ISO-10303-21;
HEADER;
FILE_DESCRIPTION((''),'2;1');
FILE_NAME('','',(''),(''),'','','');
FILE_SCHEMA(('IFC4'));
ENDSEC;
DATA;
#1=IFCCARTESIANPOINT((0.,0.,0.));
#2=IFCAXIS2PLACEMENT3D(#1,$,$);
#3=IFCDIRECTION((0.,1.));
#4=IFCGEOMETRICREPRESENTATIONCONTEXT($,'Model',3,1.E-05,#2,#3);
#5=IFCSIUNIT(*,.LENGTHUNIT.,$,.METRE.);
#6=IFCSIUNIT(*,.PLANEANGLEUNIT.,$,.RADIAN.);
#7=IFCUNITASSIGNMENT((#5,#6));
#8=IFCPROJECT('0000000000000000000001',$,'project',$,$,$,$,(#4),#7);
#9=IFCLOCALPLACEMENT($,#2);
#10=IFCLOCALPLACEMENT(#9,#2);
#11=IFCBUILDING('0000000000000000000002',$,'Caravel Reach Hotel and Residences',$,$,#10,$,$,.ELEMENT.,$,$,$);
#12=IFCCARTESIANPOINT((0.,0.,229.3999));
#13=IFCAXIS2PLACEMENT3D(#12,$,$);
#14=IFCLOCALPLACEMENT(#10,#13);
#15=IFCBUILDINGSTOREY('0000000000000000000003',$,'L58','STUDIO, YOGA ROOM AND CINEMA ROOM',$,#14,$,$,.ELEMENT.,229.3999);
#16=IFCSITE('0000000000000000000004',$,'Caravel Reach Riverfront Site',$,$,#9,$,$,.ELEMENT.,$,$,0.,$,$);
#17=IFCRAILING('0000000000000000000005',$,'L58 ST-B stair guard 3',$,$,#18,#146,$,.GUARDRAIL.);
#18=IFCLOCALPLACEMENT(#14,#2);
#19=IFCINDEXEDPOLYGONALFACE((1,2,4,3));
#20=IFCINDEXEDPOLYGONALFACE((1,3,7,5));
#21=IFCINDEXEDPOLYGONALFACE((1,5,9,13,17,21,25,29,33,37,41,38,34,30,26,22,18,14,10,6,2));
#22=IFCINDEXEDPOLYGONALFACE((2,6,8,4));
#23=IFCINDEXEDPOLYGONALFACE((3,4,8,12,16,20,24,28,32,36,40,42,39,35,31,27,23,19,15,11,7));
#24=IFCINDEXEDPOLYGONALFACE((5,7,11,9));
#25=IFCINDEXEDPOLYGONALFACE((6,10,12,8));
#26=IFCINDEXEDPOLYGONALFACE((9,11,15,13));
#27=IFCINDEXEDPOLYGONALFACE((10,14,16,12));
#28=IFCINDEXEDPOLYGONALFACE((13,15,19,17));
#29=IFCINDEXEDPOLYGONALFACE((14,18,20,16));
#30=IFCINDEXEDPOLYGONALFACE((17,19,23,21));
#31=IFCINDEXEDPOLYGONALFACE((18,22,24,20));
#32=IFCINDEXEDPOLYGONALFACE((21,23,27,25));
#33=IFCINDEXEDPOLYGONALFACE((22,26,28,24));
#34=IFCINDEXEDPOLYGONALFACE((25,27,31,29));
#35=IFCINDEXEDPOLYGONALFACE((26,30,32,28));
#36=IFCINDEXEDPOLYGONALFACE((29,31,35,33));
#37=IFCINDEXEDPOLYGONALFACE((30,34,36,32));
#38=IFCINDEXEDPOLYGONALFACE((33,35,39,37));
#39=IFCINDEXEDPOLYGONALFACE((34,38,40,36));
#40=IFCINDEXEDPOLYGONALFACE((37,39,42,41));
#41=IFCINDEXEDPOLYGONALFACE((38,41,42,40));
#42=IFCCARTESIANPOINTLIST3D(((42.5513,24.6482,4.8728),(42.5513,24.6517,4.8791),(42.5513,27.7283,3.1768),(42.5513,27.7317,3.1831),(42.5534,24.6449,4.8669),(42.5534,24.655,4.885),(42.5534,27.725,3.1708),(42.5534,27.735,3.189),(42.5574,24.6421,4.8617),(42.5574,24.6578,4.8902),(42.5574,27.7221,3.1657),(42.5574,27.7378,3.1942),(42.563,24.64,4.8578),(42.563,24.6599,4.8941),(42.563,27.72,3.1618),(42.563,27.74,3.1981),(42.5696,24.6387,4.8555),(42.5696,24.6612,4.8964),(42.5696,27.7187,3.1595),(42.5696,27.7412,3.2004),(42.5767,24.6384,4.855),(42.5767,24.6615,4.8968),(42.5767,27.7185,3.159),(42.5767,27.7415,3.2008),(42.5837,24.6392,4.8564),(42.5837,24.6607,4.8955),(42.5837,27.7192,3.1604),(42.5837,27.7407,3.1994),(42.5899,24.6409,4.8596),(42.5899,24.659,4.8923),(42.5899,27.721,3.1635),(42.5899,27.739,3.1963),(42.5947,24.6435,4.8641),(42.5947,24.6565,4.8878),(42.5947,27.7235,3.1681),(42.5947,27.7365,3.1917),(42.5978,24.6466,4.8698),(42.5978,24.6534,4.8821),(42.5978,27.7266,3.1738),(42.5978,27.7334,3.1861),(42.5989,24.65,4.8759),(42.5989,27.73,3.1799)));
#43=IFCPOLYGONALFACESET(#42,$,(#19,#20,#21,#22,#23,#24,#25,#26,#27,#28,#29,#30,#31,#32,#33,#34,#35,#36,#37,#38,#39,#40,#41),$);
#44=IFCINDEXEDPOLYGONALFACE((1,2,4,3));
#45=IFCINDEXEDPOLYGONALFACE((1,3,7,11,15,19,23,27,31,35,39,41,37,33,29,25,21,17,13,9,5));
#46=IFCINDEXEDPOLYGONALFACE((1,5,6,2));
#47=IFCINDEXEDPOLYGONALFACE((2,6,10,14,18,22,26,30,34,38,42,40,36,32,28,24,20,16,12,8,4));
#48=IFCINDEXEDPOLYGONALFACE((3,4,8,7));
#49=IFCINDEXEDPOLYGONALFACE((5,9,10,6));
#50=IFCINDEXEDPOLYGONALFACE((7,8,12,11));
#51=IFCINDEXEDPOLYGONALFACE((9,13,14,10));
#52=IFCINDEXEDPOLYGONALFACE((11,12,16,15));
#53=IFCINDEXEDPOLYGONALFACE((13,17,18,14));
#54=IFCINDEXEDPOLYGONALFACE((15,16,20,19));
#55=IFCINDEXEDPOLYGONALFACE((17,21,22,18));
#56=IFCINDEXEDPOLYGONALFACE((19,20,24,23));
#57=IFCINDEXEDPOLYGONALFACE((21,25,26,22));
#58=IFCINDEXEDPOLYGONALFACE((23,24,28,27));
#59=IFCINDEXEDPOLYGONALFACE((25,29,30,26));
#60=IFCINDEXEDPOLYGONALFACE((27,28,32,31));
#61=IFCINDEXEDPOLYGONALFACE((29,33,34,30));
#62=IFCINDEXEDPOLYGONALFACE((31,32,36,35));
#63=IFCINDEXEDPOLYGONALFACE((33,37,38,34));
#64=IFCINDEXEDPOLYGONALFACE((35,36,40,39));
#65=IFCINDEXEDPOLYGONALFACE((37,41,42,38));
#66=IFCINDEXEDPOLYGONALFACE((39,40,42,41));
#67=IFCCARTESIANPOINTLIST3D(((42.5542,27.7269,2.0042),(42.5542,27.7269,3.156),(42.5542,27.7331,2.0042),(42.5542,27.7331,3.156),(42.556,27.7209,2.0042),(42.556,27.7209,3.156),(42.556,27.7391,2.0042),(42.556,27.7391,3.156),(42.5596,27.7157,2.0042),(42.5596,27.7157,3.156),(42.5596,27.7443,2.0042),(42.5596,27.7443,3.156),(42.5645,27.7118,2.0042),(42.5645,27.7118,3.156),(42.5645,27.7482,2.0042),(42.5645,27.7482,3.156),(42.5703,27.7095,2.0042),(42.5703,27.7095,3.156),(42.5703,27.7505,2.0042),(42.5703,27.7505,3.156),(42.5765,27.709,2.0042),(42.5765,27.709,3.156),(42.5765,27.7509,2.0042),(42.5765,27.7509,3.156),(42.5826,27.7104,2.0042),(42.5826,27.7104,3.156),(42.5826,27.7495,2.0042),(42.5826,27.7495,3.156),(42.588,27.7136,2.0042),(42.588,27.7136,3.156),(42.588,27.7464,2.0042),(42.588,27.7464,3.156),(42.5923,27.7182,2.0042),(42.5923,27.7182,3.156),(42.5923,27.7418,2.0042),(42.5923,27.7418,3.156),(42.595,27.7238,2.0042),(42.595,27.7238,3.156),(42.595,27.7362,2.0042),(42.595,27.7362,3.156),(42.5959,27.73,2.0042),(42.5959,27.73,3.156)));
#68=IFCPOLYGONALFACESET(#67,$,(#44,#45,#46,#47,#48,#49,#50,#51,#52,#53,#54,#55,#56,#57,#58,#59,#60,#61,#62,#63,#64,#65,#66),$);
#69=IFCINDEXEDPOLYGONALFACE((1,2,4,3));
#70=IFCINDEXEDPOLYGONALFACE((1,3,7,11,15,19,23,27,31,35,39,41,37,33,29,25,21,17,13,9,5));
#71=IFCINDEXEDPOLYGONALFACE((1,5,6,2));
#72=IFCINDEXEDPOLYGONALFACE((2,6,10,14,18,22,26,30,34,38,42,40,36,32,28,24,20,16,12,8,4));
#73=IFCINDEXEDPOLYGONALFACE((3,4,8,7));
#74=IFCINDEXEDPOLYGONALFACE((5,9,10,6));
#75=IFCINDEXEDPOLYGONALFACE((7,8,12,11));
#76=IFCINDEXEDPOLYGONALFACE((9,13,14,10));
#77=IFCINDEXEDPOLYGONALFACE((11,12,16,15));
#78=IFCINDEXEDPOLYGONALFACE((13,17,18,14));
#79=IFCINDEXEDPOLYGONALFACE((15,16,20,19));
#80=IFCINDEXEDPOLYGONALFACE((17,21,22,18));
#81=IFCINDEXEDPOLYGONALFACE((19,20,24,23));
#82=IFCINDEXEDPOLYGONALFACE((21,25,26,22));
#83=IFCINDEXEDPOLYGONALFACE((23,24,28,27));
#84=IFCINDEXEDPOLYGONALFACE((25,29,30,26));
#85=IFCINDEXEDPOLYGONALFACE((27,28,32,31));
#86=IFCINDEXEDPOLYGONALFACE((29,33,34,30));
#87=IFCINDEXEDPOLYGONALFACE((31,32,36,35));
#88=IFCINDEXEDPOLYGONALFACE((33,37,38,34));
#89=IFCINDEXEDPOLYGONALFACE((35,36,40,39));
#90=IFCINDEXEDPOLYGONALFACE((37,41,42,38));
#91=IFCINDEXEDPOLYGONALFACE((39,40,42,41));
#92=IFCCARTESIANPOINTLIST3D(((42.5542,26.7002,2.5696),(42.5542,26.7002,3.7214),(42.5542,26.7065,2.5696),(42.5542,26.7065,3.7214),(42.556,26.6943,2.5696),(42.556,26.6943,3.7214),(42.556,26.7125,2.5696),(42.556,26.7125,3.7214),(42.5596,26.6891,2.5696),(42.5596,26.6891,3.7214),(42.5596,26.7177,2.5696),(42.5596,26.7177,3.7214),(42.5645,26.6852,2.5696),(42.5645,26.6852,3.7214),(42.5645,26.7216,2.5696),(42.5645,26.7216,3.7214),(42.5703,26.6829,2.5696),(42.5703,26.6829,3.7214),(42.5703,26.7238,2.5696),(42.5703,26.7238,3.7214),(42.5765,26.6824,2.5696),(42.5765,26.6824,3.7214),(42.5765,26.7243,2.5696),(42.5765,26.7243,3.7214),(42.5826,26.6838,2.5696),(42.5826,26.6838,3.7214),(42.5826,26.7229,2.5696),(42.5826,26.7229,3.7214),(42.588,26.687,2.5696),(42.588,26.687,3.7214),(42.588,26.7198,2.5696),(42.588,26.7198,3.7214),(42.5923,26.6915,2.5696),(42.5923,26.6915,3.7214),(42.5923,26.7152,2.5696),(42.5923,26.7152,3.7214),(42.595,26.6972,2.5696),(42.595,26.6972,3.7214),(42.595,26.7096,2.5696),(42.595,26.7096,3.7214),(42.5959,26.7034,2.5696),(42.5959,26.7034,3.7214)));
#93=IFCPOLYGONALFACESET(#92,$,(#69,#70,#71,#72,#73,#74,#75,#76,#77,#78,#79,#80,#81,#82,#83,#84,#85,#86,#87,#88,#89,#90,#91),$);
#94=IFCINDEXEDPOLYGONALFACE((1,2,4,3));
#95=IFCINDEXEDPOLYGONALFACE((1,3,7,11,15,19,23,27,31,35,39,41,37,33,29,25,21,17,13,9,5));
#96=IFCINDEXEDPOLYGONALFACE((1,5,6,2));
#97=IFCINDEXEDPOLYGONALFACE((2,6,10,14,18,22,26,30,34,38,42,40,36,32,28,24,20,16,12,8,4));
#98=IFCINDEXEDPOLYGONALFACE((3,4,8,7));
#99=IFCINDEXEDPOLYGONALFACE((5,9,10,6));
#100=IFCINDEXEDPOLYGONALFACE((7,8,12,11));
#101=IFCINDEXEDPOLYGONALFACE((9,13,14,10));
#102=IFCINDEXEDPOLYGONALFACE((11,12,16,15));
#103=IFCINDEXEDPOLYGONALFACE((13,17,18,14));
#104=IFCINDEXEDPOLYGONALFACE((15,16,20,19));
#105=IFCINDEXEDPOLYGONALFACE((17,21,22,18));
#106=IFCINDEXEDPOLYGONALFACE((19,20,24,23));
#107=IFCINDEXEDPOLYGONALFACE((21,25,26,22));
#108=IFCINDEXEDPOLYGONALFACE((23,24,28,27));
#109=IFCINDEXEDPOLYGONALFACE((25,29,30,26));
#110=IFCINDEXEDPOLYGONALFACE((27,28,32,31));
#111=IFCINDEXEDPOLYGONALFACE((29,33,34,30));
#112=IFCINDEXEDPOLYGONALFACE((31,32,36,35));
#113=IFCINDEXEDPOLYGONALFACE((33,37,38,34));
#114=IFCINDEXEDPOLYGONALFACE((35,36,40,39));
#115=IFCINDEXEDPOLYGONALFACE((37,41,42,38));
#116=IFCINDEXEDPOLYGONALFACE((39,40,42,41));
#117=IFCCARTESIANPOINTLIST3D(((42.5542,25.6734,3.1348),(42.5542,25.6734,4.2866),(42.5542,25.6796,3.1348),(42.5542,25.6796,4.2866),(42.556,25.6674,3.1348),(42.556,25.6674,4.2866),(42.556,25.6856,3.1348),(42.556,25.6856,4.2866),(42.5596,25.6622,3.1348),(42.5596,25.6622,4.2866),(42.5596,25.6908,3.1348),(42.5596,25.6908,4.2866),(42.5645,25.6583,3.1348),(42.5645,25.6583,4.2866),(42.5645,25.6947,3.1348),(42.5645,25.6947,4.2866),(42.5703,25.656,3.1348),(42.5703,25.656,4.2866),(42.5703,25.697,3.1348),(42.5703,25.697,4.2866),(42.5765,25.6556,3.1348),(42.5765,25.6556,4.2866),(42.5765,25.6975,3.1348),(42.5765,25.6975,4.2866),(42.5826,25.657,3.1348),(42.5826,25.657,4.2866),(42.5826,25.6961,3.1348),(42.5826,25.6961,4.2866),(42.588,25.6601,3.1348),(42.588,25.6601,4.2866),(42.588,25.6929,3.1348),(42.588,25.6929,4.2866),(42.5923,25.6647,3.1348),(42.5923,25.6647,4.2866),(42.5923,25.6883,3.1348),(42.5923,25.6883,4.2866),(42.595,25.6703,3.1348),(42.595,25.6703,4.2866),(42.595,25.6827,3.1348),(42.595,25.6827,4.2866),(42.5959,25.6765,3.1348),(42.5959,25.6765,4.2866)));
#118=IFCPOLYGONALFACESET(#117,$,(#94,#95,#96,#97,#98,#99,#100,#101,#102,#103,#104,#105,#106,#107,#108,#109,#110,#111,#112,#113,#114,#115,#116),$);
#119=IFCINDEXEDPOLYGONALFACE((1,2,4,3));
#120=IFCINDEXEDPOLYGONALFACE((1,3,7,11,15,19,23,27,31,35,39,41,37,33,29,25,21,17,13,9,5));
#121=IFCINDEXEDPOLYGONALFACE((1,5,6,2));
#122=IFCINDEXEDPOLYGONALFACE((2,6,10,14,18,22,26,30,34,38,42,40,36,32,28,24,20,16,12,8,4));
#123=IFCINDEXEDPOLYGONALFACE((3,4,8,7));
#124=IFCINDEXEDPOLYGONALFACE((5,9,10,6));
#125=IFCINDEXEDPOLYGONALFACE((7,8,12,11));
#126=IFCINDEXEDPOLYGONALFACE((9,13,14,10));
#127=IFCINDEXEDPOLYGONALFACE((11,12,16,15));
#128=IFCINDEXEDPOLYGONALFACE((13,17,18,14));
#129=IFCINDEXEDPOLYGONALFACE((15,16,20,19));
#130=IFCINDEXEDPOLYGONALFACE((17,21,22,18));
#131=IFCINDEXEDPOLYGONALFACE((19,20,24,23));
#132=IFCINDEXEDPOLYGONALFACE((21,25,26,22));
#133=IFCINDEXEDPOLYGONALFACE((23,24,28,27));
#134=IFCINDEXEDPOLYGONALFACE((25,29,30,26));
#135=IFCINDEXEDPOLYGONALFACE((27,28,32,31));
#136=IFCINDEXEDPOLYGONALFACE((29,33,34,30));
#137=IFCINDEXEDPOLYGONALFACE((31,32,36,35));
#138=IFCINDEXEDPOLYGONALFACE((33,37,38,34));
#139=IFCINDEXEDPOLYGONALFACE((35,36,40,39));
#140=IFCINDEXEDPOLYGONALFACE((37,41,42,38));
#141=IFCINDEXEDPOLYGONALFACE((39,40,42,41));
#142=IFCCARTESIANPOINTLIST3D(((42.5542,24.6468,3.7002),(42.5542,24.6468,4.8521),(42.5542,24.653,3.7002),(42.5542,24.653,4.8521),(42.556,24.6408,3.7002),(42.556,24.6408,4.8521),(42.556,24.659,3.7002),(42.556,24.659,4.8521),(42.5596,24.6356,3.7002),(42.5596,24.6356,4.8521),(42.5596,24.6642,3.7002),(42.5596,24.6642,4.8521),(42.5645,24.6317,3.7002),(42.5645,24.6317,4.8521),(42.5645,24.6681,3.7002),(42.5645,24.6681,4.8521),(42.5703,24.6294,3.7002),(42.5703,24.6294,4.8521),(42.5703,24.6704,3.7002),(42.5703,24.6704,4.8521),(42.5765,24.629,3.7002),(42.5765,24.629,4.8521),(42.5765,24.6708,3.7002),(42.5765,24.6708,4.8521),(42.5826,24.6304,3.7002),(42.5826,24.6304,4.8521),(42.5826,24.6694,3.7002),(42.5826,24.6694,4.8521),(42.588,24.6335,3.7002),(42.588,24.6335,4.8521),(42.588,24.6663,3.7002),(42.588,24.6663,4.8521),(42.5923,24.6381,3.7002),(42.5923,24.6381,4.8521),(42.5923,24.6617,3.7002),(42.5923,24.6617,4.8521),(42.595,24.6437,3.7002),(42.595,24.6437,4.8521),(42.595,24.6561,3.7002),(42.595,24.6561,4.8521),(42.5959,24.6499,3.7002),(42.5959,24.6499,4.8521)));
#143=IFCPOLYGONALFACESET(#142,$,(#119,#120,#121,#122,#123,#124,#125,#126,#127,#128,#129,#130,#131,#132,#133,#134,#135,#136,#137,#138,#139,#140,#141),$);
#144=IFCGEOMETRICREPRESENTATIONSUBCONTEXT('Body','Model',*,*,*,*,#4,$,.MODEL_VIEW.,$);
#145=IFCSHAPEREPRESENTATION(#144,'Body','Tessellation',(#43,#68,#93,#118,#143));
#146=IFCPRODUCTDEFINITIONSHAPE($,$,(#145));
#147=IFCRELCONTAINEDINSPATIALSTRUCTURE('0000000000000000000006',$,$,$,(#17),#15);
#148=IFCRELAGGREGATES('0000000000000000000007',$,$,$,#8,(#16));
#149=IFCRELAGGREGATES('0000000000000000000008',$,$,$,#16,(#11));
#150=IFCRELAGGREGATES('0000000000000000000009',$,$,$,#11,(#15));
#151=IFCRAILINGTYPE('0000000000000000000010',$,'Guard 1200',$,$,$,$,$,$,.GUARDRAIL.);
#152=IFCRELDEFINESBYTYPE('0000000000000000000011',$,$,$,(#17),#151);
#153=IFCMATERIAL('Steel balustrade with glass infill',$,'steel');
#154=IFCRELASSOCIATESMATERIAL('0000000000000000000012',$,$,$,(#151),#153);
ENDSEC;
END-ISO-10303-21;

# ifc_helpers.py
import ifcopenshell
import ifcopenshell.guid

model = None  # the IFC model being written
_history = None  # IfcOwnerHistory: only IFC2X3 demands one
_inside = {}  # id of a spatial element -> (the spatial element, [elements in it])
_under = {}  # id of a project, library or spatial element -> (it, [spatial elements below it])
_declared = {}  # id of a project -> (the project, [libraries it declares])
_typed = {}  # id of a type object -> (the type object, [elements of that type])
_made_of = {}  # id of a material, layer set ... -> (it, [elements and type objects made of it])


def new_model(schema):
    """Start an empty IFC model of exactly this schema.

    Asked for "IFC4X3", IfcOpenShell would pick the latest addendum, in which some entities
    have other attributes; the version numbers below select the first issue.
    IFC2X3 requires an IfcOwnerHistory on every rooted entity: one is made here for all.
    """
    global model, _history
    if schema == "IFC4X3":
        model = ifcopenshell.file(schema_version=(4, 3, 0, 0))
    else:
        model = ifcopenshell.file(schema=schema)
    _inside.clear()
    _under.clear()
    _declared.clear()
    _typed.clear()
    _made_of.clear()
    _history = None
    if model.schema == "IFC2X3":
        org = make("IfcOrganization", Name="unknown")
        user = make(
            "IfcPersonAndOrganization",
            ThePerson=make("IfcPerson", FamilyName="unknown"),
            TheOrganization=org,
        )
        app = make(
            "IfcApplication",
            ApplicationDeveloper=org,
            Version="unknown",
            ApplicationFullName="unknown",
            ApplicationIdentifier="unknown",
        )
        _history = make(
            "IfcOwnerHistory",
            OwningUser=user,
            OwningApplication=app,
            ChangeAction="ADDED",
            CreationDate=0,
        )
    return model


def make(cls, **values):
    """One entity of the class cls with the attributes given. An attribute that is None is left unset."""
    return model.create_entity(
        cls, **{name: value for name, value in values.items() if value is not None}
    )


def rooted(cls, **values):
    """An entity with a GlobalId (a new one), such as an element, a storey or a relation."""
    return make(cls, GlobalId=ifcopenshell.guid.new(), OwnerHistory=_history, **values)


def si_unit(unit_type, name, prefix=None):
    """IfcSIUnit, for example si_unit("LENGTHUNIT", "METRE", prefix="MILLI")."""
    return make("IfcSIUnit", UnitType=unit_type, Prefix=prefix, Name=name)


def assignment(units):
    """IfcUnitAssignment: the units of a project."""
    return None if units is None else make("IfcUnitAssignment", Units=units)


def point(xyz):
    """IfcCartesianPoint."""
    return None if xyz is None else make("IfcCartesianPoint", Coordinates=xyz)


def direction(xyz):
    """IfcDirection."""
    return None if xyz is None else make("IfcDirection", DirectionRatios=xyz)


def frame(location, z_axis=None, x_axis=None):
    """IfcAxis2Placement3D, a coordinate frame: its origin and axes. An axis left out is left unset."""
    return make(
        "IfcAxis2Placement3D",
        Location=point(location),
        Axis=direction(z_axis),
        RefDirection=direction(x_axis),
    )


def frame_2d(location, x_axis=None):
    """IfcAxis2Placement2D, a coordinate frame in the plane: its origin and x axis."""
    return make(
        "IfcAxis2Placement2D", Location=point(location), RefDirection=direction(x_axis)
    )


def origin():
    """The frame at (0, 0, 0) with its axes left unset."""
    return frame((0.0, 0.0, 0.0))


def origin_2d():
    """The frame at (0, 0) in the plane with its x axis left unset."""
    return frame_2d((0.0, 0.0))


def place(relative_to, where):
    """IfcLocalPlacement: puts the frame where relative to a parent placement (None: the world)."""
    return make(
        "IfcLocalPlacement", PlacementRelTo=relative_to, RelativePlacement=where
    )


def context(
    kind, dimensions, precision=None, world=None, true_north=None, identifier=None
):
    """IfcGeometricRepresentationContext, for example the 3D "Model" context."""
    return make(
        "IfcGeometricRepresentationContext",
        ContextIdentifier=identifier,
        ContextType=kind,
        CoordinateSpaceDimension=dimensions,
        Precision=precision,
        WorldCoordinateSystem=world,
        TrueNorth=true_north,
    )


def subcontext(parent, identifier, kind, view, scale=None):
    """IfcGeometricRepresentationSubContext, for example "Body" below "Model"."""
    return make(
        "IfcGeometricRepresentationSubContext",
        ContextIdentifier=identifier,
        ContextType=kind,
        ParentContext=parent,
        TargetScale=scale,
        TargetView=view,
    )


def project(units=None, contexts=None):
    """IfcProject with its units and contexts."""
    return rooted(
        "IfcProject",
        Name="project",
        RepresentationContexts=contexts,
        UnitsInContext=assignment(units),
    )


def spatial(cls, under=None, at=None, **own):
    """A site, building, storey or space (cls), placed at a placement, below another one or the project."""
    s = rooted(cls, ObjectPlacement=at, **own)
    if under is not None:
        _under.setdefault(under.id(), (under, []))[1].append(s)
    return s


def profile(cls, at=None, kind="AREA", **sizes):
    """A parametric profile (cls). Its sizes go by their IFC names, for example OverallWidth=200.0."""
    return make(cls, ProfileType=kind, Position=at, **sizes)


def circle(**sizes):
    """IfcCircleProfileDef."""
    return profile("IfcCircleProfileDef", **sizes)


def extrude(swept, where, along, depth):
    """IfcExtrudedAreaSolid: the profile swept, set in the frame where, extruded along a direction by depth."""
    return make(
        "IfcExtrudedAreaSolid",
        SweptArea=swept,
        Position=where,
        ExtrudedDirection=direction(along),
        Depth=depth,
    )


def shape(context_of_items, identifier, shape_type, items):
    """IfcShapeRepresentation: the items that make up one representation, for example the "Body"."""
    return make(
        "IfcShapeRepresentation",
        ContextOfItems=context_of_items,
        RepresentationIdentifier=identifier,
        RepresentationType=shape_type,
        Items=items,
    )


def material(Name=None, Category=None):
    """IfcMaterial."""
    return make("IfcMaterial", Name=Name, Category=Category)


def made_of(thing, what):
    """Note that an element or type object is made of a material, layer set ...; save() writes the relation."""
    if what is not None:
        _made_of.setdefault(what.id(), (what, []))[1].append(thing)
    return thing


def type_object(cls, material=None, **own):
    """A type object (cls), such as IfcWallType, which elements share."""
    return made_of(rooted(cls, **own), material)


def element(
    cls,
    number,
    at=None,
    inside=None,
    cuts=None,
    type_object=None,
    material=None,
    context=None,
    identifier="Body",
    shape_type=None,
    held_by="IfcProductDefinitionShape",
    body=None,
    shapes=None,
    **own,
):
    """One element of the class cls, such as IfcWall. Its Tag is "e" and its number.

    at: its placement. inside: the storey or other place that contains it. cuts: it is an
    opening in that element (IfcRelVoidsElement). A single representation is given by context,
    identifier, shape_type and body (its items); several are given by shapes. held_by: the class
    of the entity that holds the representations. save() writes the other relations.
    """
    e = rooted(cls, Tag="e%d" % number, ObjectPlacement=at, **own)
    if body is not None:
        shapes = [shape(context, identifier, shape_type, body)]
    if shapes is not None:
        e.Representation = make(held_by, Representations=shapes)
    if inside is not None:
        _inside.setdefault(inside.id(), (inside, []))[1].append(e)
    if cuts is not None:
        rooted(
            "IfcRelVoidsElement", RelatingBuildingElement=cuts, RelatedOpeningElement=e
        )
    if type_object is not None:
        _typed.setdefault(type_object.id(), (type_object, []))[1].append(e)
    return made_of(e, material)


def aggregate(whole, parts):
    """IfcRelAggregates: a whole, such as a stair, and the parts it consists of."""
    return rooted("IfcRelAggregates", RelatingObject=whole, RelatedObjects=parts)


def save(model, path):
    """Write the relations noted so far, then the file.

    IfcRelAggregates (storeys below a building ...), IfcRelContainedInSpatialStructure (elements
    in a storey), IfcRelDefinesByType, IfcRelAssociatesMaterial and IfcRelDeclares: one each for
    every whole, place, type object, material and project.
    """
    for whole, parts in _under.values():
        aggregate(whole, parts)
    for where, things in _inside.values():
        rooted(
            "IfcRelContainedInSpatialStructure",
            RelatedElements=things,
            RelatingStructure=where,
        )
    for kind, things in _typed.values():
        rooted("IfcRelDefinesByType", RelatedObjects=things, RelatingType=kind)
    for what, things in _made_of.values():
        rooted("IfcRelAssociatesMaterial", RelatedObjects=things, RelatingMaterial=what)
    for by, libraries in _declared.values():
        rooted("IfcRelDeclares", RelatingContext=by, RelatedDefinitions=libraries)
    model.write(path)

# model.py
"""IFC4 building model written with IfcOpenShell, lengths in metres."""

from ifc_helpers import new_model, si_unit, direction, frame, origin, origin_2d, place, context, subcontext, project, spatial, circle, extrude, material, type_object, element, save


model = new_model("IFC4")

# Units and contexts
model_context = context("Model", 3, precision=1e-05, world=origin(), true_north=direction((0.0, 1.0)))
body_context = subcontext(model_context, "Body", "Model", "MODEL_VIEW")
ifc_project = project(units=[si_unit("LENGTHUNIT", "METRE"), si_unit("PLANEANGLEUNIT", "RADIAN")], contexts=[model_context])

# Site, building, storey
site_placement = place(None, origin())
site = spatial("IfcSite", under=ifc_project, at=site_placement, Name="Caravel Reach Riverfront Site", CompositionType="ELEMENT", RefElevation=0.0)
building_placement = place(site_placement, origin())
building = spatial("IfcBuilding", under=site, at=building_placement, Name="Caravel Reach Hotel and Residences", CompositionType="ELEMENT")
storey_placement = place(building_placement, frame((0.0, 0.0, 229.3999)))
storey = spatial("IfcBuildingStorey", under=building, at=storey_placement, Name="L58", Description="STUDIO, YOGA ROOM AND CINEMA ROOM", CompositionType="ELEMENT", Elevation=229.3999)

# Railing
ifc_material_1 = material(Name="Steel balustrade with glass infill", Category="steel")
railing_type_1 = type_object("IfcRailingType", Name="Guard 1200", PredefinedType="GUARDRAIL", material=ifc_material_1)
railing_1_placement = place(storey_placement, frame((42.575, 27.73, 2.0042)))
element("IfcRailing", 1, at=railing_1_placement, inside=storey, type_object=railing_type_1, Name="L58 ST-B stair guard 3", PredefinedType="GUARDRAIL", context=body_context, shape_type="SweptSolid", body=[
    extrude(circle(Radius=0.0239, at=origin_2d()), frame((0.0, 0.0, 1.1758), z_axis=(0.0, -0.875975, 0.482356), x_axis=(1.0, 0.0, 0.0)), (0.0, 0.0, 1.0), 3.5161),
    extrude(circle(Radius=0.021, at=origin_2d()), origin(), (0.0, 0.0, 1.0), 1.1519),
    extrude(circle(Radius=0.021, at=origin_2d()), frame((0.0, -1.0266, 0.5654)), (0.0, 0.0, 1.0), 1.1519),
    extrude(circle(Radius=0.021, at=origin_2d()), frame((0.0, -2.0535, 1.1306)), (0.0, 0.0, 1.0), 1.1519),
    extrude(circle(Radius=0.021, at=origin_2d()), frame((0.0, -3.0801, 1.696)), (0.0, 0.0, 1.0), 1.1519),
])

save(model, "model.ifc")
